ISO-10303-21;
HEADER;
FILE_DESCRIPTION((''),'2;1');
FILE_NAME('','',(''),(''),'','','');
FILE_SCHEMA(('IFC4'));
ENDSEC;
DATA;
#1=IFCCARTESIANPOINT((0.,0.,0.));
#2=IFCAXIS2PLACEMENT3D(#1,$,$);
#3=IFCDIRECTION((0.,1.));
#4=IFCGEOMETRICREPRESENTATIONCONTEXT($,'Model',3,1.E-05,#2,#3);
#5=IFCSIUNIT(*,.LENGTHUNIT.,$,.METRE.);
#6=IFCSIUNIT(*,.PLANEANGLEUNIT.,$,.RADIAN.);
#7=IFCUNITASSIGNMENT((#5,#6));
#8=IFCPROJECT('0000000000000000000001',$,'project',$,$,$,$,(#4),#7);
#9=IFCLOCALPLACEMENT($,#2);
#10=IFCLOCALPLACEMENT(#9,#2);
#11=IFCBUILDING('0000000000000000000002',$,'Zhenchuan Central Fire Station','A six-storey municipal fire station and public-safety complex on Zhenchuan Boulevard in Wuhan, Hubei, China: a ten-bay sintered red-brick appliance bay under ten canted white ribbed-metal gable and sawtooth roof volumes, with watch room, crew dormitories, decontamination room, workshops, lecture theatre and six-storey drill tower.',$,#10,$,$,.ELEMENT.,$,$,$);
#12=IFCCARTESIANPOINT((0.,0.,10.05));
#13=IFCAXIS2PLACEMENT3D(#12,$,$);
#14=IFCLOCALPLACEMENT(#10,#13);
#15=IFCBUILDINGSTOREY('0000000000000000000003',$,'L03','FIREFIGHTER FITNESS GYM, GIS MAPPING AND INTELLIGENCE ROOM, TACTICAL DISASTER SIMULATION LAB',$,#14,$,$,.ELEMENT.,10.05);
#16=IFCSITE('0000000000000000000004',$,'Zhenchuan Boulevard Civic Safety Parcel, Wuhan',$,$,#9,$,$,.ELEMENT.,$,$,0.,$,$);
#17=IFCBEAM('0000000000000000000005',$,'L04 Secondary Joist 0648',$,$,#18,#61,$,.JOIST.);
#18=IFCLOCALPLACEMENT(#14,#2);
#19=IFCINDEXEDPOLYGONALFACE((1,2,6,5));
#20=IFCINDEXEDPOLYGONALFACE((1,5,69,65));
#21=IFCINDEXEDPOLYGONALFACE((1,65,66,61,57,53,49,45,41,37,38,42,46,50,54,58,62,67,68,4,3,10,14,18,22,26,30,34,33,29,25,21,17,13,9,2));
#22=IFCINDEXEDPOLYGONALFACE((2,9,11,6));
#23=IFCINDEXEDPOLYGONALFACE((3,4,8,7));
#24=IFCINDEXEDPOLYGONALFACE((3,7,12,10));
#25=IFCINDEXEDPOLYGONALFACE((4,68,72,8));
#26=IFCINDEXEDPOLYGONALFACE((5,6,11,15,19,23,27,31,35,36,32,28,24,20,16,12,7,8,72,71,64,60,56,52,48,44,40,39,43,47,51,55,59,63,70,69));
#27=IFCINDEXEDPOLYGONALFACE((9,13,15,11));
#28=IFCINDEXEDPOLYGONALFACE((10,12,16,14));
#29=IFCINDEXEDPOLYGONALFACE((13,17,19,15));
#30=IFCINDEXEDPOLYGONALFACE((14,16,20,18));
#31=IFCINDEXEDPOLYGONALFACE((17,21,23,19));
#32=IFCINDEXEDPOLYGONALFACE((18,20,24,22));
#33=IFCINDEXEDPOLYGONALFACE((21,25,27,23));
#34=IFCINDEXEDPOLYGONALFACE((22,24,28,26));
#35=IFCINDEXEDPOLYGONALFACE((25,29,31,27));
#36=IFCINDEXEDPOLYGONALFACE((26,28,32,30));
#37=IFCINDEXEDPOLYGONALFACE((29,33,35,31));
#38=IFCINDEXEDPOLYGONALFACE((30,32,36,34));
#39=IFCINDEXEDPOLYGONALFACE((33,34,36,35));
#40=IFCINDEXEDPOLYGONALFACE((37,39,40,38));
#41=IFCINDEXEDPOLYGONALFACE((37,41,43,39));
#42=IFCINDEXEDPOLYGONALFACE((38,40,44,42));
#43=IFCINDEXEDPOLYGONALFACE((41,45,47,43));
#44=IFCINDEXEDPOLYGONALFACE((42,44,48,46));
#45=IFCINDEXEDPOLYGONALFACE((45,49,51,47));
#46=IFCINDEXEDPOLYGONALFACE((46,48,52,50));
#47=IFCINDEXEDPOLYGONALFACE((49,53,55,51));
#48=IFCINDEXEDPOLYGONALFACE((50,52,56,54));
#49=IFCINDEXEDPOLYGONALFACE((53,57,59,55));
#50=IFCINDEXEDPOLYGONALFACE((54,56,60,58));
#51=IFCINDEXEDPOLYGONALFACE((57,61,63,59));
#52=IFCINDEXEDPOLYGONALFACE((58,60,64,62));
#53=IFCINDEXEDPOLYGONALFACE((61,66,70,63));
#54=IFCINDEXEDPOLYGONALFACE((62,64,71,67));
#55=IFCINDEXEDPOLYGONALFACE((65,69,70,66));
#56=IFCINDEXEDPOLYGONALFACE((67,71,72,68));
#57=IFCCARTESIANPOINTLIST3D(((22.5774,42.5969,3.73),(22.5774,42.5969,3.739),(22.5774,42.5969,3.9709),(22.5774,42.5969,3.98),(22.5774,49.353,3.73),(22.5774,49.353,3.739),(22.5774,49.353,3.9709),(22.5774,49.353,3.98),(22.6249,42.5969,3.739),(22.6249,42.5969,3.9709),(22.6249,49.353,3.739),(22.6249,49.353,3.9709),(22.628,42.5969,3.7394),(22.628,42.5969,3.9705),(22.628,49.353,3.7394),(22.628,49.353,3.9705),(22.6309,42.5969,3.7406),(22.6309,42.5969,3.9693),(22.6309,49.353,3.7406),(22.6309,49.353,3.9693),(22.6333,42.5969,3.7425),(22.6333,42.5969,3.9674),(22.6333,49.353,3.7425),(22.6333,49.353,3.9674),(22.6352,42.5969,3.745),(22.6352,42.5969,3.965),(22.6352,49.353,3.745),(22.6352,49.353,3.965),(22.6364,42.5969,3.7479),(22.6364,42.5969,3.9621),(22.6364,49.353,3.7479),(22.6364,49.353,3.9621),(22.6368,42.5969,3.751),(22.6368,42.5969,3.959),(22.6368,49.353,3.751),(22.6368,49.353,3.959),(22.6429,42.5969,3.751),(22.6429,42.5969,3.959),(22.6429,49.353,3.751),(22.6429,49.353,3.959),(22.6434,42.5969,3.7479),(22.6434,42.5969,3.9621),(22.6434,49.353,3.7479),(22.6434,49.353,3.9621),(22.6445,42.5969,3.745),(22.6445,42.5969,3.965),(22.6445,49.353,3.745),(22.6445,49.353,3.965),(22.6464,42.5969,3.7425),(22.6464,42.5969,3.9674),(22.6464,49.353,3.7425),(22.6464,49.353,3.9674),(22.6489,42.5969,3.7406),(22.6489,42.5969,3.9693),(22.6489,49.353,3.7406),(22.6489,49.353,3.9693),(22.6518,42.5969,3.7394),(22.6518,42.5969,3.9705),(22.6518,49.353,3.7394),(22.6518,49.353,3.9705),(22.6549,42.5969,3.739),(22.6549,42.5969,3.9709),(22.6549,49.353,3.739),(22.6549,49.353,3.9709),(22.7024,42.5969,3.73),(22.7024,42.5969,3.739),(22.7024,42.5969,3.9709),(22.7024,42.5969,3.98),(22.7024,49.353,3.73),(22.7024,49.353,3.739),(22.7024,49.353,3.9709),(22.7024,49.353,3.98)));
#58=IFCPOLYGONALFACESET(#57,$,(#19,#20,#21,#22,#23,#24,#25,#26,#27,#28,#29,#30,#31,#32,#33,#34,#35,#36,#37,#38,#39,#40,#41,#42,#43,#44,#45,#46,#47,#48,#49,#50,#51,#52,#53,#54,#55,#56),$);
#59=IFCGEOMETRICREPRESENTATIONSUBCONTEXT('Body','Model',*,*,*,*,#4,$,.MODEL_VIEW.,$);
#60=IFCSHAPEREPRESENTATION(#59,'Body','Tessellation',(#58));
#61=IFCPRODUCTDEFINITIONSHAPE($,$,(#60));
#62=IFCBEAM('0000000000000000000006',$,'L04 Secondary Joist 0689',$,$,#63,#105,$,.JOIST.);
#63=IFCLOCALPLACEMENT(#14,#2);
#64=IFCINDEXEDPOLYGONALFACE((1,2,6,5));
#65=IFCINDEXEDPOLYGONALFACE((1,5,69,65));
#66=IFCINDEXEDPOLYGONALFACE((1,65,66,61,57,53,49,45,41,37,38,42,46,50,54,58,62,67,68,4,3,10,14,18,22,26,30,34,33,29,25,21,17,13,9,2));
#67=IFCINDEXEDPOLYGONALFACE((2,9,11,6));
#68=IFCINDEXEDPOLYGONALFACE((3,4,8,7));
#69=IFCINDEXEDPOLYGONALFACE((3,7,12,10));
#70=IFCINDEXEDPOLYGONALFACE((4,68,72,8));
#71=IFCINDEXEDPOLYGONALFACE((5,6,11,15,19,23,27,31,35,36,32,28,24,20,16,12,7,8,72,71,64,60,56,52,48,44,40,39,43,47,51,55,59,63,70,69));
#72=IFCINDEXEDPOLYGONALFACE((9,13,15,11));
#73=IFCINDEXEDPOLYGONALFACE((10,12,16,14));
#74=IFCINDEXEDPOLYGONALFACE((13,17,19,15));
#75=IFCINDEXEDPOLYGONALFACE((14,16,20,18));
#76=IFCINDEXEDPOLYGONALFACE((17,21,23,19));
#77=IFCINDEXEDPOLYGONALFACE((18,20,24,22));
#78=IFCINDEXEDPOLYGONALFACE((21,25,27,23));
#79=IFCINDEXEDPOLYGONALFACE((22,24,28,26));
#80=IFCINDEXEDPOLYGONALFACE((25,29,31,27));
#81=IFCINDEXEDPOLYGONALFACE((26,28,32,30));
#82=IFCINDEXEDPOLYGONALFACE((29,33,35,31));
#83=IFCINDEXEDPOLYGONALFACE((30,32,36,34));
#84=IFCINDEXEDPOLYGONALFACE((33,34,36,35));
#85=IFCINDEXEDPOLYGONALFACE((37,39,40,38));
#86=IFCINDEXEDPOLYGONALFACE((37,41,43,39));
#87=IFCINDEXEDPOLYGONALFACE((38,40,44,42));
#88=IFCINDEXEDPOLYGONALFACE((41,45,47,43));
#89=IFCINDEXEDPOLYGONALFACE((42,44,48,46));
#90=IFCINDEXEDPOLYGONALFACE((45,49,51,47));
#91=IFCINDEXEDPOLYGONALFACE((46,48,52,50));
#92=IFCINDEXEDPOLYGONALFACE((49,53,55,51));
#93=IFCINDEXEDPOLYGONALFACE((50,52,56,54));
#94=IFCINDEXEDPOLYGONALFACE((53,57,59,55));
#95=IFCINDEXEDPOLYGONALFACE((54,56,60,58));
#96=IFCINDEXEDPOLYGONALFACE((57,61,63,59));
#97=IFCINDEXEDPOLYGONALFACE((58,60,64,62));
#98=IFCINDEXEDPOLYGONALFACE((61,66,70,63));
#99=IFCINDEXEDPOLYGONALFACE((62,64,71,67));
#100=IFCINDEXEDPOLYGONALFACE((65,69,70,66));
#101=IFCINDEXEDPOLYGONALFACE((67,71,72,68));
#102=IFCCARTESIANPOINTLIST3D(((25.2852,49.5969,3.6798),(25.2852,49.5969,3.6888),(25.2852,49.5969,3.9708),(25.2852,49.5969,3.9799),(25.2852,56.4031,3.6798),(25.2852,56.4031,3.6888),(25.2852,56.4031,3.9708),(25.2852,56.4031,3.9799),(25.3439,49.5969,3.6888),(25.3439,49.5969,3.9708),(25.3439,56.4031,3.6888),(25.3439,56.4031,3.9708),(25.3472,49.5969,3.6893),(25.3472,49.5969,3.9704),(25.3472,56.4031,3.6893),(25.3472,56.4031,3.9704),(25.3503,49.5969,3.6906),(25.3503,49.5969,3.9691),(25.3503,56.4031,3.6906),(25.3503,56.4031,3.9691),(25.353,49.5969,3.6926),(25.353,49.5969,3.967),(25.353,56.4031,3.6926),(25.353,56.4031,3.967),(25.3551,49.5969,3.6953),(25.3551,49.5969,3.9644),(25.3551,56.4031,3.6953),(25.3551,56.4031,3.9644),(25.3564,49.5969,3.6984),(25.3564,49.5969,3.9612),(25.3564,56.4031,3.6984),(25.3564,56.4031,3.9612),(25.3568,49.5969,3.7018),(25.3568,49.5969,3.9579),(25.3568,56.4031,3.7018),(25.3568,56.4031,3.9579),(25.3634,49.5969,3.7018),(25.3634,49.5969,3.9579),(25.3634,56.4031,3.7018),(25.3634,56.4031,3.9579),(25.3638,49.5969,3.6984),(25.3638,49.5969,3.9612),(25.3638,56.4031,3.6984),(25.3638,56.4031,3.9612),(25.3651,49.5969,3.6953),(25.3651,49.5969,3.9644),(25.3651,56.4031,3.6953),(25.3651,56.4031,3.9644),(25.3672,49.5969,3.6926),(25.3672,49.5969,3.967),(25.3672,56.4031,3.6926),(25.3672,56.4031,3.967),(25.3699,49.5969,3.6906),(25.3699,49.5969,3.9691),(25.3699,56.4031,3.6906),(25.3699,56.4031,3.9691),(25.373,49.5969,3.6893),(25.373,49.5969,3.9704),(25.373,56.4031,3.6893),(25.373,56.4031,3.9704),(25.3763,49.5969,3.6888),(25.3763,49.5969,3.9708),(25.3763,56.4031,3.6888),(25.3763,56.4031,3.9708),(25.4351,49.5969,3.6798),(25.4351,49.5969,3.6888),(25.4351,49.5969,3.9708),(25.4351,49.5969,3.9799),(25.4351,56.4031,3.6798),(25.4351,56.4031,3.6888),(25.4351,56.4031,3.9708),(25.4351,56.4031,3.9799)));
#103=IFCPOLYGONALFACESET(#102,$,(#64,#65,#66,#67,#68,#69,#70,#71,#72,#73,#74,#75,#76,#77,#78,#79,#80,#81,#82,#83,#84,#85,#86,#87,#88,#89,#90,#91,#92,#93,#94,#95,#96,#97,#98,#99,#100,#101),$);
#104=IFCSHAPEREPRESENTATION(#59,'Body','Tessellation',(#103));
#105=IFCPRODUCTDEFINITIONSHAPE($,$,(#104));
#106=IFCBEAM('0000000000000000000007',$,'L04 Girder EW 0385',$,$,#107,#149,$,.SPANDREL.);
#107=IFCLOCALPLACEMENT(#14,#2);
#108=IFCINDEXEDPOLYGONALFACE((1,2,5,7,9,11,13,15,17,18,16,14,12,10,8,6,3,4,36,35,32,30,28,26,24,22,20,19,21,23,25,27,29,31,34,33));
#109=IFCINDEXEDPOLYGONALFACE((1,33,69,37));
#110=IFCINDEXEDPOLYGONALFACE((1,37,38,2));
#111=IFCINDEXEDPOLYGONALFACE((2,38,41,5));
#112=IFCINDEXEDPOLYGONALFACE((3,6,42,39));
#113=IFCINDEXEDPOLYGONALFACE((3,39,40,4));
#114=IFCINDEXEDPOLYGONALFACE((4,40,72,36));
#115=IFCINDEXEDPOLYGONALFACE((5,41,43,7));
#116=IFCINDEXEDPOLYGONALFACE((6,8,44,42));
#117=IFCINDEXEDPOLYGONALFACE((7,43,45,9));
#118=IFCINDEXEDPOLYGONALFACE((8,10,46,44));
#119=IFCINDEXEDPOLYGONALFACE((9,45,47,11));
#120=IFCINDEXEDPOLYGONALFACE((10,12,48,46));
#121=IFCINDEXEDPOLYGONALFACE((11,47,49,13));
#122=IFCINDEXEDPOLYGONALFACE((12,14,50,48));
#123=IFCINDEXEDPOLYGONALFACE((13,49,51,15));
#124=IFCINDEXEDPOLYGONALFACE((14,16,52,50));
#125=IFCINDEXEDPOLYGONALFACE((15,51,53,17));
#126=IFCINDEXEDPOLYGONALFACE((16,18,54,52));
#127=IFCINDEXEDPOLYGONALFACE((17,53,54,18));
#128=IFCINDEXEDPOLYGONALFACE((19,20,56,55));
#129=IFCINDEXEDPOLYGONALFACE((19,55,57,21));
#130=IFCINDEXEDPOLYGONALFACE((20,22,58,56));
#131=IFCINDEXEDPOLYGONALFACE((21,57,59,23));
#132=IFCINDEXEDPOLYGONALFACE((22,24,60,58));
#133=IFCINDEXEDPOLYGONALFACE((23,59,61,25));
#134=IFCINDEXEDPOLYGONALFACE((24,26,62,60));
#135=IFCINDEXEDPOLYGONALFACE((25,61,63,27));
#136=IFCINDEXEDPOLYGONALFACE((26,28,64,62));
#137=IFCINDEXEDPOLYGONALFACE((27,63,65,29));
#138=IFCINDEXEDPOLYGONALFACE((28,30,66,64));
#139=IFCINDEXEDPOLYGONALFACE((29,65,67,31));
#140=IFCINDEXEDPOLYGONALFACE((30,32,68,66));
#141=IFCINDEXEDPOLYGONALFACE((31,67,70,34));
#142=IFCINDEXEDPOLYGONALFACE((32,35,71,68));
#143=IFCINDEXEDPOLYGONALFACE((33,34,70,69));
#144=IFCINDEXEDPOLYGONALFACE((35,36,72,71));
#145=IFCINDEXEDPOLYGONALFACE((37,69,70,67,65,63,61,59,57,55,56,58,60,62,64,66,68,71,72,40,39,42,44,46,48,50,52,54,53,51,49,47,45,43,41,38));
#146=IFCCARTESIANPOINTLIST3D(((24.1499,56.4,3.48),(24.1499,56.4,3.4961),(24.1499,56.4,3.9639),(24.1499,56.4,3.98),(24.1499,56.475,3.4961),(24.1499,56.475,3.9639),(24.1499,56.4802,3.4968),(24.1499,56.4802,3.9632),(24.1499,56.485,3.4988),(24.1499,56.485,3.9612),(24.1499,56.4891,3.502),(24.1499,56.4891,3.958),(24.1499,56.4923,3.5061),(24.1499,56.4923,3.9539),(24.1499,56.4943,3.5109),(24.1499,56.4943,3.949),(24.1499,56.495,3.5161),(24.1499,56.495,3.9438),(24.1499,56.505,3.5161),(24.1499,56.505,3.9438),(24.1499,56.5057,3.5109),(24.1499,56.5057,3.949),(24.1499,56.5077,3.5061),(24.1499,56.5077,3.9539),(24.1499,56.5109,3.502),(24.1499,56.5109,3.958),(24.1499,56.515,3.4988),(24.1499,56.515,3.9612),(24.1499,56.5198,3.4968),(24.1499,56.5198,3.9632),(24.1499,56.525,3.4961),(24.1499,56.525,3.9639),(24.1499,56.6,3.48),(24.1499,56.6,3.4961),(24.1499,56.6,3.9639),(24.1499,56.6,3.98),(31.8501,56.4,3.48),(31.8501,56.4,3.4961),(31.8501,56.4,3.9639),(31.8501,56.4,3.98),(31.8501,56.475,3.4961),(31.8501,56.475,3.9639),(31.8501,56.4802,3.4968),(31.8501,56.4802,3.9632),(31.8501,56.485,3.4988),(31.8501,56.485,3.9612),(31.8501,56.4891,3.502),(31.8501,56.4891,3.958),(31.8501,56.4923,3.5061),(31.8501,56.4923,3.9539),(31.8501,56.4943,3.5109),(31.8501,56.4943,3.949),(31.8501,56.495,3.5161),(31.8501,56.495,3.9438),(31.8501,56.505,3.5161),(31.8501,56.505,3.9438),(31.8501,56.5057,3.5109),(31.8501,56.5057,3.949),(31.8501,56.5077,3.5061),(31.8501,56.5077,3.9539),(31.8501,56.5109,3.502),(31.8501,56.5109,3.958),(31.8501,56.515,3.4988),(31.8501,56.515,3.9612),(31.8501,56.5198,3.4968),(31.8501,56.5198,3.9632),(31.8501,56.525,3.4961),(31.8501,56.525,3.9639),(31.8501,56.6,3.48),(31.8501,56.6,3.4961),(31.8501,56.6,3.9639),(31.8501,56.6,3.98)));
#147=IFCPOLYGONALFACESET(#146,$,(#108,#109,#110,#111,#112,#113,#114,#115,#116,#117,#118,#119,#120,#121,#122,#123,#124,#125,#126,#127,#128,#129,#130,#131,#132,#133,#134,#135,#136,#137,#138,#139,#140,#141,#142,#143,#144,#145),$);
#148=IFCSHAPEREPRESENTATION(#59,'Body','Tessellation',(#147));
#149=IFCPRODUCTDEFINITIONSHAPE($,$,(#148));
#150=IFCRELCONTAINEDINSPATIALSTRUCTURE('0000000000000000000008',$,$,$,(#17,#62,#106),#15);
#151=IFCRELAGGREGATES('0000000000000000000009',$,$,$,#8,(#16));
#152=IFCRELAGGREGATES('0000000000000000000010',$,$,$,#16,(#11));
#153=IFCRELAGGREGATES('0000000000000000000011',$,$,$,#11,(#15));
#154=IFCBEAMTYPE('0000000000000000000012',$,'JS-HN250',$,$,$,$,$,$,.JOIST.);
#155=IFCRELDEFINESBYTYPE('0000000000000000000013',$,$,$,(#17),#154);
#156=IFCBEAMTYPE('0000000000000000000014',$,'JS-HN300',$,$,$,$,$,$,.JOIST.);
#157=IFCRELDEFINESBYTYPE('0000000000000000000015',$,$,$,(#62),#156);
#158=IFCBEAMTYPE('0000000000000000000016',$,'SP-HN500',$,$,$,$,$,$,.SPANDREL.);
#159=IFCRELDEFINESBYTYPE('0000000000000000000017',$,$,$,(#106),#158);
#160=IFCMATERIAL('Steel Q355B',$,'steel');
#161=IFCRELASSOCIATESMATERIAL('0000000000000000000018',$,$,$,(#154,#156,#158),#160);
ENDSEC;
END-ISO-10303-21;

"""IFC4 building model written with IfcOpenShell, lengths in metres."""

from ifc_helpers import new_model, si_unit, direction, frame, origin, origin_2d, place, context, subcontext, project, spatial, i_section, extrude, material, material_profile, profile_set, type_object, element, save


model = new_model("IFC4")

# Units and contexts
model_context = context("Model", 3, precision=1e-05, world=origin(), true_north=direction((0.0, 1.0)))
body_context = subcontext(model_context, "Body", "Model", "MODEL_VIEW")
ifc_project = project(units=[si_unit("LENGTHUNIT", "METRE"), si_unit("PLANEANGLEUNIT", "RADIAN")], contexts=[model_context])

# Site, building, storey
site_placement = place(None, origin())
site = spatial("IfcSite", under=ifc_project, at=site_placement, Name="Zhenchuan Boulevard Civic Safety Parcel, Wuhan", CompositionType="ELEMENT", RefElevation=0.0)
building_placement = place(site_placement, origin())
building = spatial("IfcBuilding", under=site, at=building_placement, Name="Zhenchuan Central Fire Station", Description="A six-storey municipal fire station and public-safety complex on Zhenchuan Boulevard in Wuhan, Hubei, China: a ten-bay sintered red-brick appliance bay under ten canted white ribbed-metal gable and sawtooth roof volumes, with watch room, crew dormitories, decontamination room, workshops, lecture theatre and six-storey drill tower.", CompositionType="ELEMENT")
storey_placement = place(building_placement, frame((0.0, 0.0, 10.05)))
storey = spatial("IfcBuildingStorey", under=building, at=storey_placement, Name="L03", Description="FIREFIGHTER FITNESS GYM, GIS MAPPING AND INTELLIGENCE ROOM, TACTICAL DISASTER SIMULATION LAB", CompositionType="ELEMENT", Elevation=10.05)

# Shared definitions
ifc_material_1 = material(Name="Steel Q355B", Category="steel")

# Beams
ifc_material_profile_1 = material_profile(ifc_material_1, i_section(OverallWidth=0.125, OverallDepth=0.25, WebThickness=0.0061, FlangeThickness=0.009, FilletRadius=0.012, at=origin_2d()), Name="HN 250x125")
ifc_profile_set_1 = profile_set([ifc_material_profile_1], Name="Steel Q355B")
beam_type_1 = type_object("IfcBeamType", Name="JS-HN250", PredefinedType="JOIST", material=ifc_profile_set_1)
beam_1_placement = place(storey_placement, frame((22.6399, 42.5969, 3.855), z_axis=(0.0, 1.0, 0.0), x_axis=(-1.0, 0.0, 0.0)))
element("IfcBeam", 1, at=beam_1_placement, inside=storey, type_object=beam_type_1, Name="L04 Secondary Joist 0648", PredefinedType="JOIST", context=body_context, shape_type="SweptSolid", body=[
    extrude(i_section(OverallWidth=0.125, OverallDepth=0.25, WebThickness=0.0061, FlangeThickness=0.009, FilletRadius=0.012, at=origin_2d()), origin(), (0.0, 0.0, 1.0), 6.7561),
])
ifc_material_profile_2 = material_profile(ifc_material_1, i_section(OverallWidth=0.1499, OverallDepth=0.3, WebThickness=0.0066, FlangeThickness=0.009, FilletRadius=0.0129, at=origin_2d()), Name="HN 300x150")
ifc_profile_set_2 = profile_set([ifc_material_profile_2], Name="Steel Q355B")
beam_type_2 = type_object("IfcBeamType", Name="JS-HN300", PredefinedType="JOIST", material=ifc_profile_set_2)
beam_2_placement = place(storey_placement, frame((25.3601, 49.5969, 3.8298), z_axis=(0.0, 1.0, 0.0), x_axis=(-1.0, 0.0, 0.0)))
element("IfcBeam", 2, at=beam_2_placement, inside=storey, type_object=beam_type_2, Name="L04 Secondary Joist 0689", PredefinedType="JOIST", context=body_context, shape_type="SweptSolid", body=[
    extrude(i_section(OverallWidth=0.1499, OverallDepth=0.3, WebThickness=0.0066, FlangeThickness=0.009, FilletRadius=0.0129, at=origin_2d()), origin(), (0.0, 0.0, 1.0), 6.8062),
])
ifc_material_profile_3 = material_profile(ifc_material_1, i_section(OverallWidth=0.2, OverallDepth=0.5, WebThickness=0.01, FlangeThickness=0.0161, FilletRadius=0.02, at=origin_2d()), Name="HN 500x200")
ifc_profile_set_3 = profile_set([ifc_material_profile_3], Name="Steel Q355B")
beam_type_3 = type_object("IfcBeamType", Name="SP-HN500", PredefinedType="SPANDREL", material=ifc_profile_set_3)
beam_3_placement = place(storey_placement, frame((24.1499, 56.5, 3.73), z_axis=(1.0, 0.0, 0.0), x_axis=(0.0, 1.0, 0.0)))
element("IfcBeam", 3, at=beam_3_placement, inside=storey, type_object=beam_type_3, Name="L04 Girder EW 0385", PredefinedType="SPANDREL", context=body_context, shape_type="SweptSolid", body=[
    extrude(i_section(OverallWidth=0.2, OverallDepth=0.5, WebThickness=0.01, FlangeThickness=0.0161, FilletRadius=0.02, at=origin_2d()), origin(), (0.0, 0.0, 1.0), 7.7002),
])

save(model, "model.ifc")
